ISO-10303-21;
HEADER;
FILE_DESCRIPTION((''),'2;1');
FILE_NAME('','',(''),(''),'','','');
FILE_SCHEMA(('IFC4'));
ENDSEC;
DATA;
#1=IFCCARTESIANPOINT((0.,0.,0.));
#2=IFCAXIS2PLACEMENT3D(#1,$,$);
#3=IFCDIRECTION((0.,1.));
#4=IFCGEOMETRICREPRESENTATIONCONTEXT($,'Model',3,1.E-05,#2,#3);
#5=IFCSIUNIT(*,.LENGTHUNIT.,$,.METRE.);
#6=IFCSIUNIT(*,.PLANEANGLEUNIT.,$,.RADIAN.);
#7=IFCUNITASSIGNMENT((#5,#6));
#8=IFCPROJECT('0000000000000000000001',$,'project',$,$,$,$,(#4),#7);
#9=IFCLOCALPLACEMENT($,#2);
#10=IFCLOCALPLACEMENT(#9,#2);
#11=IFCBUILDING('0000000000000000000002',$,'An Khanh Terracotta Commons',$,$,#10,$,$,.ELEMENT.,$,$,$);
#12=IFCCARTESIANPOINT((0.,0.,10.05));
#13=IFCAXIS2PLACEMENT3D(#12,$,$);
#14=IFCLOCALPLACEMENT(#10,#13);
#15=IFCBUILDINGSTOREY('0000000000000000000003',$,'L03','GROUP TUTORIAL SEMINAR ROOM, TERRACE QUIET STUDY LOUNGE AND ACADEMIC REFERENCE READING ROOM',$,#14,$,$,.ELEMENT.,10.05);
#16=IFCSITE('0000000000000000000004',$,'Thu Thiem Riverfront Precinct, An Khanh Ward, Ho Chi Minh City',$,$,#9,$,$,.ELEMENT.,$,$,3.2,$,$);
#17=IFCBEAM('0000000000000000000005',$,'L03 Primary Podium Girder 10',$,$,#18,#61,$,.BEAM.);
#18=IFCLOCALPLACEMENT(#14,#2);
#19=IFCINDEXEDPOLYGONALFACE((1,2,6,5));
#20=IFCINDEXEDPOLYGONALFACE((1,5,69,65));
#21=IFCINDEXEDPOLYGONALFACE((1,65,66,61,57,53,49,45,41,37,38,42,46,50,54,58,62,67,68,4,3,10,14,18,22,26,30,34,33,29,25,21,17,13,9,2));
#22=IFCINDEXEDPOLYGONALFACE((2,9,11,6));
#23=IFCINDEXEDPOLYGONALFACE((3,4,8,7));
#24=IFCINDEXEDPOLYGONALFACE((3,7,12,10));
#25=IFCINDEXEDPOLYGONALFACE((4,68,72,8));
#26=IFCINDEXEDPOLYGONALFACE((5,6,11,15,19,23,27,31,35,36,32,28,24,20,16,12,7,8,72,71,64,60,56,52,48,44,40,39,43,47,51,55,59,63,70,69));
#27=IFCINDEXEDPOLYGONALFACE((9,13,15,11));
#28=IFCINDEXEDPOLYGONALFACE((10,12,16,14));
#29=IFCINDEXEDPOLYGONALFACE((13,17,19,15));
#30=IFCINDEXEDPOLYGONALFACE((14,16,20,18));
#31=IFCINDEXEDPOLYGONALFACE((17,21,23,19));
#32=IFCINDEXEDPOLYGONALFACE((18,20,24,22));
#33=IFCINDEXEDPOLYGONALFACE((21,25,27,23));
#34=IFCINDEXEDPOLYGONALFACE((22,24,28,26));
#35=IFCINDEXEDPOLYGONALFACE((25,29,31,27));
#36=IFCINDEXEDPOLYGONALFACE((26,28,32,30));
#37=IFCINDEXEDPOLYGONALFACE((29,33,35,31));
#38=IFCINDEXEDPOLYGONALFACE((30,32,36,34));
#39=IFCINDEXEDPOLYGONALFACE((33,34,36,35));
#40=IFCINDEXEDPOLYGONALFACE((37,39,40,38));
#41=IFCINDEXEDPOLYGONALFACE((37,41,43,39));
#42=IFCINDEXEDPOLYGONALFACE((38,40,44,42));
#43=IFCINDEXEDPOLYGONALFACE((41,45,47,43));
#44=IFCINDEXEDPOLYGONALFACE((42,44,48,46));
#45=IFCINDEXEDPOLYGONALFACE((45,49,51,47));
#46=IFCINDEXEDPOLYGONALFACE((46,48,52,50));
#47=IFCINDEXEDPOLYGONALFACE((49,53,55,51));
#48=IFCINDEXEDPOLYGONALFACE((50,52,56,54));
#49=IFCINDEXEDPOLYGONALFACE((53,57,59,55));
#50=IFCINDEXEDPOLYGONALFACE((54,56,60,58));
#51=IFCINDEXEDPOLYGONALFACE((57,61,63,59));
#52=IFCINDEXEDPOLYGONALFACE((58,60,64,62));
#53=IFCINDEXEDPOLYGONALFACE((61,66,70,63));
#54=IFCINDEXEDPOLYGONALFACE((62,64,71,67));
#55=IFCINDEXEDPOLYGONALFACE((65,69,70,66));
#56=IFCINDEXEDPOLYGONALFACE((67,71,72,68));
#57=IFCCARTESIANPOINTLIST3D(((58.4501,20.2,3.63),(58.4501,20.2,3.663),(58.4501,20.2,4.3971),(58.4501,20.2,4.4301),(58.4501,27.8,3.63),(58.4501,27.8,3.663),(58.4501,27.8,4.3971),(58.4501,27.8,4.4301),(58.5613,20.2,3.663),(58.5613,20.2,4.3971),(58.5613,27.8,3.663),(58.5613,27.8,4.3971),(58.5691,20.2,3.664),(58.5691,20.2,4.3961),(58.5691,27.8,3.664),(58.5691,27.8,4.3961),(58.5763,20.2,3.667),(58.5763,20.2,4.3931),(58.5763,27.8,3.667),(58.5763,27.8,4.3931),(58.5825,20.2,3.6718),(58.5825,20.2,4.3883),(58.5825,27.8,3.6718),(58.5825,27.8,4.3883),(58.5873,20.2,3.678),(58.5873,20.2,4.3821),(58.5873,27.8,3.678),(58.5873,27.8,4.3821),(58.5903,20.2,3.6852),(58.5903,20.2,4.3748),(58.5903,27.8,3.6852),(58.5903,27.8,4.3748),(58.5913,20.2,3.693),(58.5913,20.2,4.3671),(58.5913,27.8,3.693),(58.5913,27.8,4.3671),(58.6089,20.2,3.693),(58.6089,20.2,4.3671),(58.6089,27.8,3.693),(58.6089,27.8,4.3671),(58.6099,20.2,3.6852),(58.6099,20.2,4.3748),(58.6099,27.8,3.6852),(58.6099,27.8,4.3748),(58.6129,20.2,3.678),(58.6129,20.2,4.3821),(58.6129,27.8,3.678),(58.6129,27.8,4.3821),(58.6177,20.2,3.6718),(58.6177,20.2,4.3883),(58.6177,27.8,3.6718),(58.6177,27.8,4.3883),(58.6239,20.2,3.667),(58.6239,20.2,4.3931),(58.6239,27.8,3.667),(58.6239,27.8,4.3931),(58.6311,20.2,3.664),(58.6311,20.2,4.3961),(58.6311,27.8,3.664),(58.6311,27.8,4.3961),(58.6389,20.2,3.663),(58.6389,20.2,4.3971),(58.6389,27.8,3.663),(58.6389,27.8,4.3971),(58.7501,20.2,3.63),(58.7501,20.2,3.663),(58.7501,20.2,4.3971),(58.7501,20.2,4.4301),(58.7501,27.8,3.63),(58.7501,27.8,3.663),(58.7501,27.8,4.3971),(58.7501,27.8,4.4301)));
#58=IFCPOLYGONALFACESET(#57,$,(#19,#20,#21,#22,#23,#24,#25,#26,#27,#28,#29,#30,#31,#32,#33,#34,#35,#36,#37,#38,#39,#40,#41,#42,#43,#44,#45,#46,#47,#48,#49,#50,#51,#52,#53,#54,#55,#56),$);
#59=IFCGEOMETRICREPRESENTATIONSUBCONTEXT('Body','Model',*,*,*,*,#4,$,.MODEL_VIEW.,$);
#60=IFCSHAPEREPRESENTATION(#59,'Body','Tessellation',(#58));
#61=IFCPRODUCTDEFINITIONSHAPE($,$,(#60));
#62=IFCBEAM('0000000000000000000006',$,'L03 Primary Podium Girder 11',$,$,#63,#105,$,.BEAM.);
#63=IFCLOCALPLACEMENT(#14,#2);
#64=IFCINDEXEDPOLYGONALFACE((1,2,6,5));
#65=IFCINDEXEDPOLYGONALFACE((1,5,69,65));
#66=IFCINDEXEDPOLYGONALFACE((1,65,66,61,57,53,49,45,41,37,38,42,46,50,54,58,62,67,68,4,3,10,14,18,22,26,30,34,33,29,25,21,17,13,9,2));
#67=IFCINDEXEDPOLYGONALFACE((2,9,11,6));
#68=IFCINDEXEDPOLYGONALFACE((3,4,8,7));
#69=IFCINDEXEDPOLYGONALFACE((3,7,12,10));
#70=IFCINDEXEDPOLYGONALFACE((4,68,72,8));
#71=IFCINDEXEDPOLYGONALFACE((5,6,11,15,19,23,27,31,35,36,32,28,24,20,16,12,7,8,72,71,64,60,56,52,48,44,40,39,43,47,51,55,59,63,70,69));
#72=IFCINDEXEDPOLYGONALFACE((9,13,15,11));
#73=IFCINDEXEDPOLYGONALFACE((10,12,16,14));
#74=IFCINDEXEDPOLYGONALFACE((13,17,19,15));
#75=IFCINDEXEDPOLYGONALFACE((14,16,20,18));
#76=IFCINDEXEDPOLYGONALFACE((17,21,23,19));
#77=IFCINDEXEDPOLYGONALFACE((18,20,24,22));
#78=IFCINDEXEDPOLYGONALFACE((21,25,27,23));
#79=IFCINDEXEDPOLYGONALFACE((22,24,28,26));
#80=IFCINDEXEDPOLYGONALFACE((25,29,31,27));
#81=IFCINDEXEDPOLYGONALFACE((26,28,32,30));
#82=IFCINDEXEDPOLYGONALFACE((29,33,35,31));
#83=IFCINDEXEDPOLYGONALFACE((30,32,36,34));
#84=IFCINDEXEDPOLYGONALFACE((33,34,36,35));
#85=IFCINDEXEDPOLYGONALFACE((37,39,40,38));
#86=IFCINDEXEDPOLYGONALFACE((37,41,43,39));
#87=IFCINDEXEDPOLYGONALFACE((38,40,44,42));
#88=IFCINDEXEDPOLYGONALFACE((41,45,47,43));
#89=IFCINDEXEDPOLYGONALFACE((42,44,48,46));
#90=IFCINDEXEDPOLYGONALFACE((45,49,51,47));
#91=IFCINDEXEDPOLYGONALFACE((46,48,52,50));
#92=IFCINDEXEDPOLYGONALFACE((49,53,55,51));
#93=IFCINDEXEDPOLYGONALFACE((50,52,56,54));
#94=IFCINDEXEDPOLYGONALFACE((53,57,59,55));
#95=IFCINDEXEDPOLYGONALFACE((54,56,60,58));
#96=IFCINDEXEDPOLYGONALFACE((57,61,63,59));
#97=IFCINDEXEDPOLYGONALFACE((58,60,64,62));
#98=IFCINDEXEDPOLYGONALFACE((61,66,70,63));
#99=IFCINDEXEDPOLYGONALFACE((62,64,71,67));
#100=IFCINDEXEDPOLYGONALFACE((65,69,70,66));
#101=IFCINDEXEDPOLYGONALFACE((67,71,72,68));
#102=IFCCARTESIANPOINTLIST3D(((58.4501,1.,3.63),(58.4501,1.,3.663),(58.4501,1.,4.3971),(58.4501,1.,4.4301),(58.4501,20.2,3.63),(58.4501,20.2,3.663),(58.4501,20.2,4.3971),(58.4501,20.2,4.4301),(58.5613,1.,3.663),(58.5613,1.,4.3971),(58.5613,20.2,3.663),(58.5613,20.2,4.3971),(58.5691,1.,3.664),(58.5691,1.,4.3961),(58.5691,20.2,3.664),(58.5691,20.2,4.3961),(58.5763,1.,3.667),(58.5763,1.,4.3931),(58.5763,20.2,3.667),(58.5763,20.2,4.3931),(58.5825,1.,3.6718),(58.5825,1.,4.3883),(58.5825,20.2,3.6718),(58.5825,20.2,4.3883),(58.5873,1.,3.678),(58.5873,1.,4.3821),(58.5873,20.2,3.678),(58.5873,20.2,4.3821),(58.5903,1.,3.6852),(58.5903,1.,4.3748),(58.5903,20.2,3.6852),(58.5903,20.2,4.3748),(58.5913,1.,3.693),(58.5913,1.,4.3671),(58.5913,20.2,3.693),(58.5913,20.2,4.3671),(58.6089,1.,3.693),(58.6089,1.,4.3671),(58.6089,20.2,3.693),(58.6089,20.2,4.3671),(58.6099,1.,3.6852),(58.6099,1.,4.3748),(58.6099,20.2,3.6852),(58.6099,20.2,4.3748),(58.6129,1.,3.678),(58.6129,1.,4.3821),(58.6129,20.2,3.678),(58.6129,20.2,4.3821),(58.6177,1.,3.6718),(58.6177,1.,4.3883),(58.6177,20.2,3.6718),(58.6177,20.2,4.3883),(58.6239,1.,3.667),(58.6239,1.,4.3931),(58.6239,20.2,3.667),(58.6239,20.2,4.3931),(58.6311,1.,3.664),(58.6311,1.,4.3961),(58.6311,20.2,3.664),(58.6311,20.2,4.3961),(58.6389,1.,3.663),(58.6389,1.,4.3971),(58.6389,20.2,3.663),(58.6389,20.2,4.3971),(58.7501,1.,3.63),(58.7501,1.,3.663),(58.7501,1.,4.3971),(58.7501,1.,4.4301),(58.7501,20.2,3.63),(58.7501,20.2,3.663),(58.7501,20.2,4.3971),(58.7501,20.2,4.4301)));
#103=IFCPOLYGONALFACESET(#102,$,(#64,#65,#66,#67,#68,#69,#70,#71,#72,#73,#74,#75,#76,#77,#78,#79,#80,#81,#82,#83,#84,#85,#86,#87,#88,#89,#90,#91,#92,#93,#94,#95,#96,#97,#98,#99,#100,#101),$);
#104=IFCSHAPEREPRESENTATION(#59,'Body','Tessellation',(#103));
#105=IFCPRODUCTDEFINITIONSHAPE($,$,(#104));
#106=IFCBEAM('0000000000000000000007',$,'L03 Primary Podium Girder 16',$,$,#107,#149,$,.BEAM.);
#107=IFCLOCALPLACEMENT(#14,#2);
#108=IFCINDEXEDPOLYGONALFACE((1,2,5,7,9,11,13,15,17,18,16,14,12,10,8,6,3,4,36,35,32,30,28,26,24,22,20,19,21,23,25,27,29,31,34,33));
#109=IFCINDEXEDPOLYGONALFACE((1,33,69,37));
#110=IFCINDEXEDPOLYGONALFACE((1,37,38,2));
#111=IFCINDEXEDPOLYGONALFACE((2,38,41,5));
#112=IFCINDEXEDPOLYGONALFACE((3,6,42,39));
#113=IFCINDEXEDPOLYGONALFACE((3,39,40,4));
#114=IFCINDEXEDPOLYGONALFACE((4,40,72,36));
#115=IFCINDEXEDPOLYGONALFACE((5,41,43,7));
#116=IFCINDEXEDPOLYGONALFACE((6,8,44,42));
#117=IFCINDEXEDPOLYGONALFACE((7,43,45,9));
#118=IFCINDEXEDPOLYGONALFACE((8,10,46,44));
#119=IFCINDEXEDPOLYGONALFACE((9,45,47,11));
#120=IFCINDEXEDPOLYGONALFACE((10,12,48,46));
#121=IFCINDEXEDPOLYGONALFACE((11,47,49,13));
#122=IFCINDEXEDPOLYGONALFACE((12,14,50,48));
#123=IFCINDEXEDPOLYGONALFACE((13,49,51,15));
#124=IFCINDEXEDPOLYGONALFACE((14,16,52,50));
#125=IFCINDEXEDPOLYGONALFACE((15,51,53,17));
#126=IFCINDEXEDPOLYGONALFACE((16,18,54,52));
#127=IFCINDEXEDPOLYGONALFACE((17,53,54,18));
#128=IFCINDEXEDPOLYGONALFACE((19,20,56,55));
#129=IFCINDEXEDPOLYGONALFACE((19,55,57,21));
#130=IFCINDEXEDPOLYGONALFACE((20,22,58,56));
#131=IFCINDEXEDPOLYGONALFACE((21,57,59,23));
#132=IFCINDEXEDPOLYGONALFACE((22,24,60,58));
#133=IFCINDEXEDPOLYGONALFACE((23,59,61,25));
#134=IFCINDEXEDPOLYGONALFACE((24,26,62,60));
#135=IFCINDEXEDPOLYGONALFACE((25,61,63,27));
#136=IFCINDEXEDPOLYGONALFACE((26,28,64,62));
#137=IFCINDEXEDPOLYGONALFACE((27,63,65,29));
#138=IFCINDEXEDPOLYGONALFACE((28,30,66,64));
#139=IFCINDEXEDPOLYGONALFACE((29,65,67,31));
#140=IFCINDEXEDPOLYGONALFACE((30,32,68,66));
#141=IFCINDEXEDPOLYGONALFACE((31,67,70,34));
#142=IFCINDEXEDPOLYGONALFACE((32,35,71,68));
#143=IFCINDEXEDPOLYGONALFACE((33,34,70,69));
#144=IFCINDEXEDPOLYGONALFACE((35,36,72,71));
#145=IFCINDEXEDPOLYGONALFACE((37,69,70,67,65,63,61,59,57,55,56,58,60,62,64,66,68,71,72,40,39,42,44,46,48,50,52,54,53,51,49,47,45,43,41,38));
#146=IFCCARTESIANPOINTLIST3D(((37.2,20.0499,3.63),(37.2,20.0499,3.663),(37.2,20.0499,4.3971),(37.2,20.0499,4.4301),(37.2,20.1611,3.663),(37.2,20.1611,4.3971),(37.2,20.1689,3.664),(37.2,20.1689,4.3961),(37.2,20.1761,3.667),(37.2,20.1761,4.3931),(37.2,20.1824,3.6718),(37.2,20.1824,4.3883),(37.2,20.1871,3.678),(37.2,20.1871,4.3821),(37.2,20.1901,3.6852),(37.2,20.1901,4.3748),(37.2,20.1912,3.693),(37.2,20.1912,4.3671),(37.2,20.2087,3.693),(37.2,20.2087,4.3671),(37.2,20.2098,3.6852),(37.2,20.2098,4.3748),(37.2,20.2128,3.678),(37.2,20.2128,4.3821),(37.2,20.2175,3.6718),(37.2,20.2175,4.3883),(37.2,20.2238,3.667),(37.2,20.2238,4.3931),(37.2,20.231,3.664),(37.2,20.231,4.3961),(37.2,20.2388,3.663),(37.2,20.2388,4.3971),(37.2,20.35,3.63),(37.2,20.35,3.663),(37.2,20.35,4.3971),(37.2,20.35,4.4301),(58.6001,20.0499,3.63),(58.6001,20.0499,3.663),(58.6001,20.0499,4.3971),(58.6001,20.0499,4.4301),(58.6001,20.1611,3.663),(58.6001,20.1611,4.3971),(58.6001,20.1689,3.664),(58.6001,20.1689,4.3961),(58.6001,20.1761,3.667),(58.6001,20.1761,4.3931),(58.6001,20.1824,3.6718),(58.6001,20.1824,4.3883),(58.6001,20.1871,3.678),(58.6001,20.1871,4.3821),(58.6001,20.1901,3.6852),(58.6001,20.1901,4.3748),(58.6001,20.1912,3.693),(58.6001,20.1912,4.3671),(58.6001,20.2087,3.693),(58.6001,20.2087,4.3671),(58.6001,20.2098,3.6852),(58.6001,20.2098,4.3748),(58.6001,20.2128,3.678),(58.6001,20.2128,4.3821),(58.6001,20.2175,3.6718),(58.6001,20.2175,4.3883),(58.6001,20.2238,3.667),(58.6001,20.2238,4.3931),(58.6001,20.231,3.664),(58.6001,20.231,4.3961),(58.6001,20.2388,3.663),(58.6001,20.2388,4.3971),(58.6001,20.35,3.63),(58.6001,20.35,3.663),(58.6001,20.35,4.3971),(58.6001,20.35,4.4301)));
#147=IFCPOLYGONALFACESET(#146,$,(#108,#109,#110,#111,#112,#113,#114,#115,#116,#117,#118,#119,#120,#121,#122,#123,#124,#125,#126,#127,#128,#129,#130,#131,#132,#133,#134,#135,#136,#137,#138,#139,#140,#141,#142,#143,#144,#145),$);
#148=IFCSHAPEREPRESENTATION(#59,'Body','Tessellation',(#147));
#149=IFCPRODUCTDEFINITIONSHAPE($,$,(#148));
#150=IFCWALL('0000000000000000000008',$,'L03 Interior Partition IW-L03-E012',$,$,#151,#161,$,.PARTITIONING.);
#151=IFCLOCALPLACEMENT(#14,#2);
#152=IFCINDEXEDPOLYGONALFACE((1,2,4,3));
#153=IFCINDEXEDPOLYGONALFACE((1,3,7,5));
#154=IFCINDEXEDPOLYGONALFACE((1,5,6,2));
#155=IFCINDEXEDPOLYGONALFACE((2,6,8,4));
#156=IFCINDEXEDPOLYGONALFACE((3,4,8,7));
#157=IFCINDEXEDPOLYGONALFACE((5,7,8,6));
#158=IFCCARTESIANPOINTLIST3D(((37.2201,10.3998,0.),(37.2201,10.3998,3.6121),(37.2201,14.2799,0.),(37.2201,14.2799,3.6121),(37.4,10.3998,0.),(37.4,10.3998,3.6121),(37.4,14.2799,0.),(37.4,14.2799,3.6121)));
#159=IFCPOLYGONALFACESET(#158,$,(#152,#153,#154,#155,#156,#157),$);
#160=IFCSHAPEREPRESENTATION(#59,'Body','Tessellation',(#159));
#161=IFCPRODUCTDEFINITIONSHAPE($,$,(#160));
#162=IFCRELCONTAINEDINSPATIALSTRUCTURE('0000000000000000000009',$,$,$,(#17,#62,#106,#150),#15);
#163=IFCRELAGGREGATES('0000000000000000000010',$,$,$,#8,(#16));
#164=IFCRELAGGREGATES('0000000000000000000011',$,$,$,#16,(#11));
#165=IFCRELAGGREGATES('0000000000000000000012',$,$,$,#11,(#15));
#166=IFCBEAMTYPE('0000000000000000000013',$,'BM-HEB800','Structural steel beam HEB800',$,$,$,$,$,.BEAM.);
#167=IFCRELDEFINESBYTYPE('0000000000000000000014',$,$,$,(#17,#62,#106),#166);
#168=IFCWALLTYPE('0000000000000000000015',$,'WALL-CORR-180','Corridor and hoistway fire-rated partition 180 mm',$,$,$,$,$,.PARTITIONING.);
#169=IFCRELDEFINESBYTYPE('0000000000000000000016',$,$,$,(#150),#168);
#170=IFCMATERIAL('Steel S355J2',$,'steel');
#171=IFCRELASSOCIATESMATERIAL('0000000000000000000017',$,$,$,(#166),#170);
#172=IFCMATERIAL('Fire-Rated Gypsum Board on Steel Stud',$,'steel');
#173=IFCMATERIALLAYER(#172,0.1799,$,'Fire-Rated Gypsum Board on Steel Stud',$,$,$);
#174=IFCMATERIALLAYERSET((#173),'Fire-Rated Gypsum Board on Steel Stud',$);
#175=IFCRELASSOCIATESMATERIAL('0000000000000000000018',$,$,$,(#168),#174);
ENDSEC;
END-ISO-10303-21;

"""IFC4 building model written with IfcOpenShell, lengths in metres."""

from ifc_helpers import new_model, si_unit, direction, frame, frame_2d, origin, origin_2d, place, context, subcontext, project, spatial, rectangle, i_section, extrude, material, layer, layer_set, material_profile, profile_set, type_object, element, save


model = new_model("IFC4")

# Units and contexts
model_context = context("Model", 3, precision=1e-05, world=origin(), true_north=direction((0.0, 1.0)))
body_context = subcontext(model_context, "Body", "Model", "MODEL_VIEW")
ifc_project = project(units=[si_unit("LENGTHUNIT", "METRE"), si_unit("PLANEANGLEUNIT", "RADIAN")], contexts=[model_context])

# Site, building, storey
site_placement = place(None, origin())
site = spatial("IfcSite", under=ifc_project, at=site_placement, Name="Thu Thiem Riverfront Precinct, An Khanh Ward, Ho Chi Minh City", CompositionType="ELEMENT", RefElevation=3.2)
building_placement = place(site_placement, origin())
building = spatial("IfcBuilding", under=site, at=building_placement, Name="An Khanh Terracotta Commons", CompositionType="ELEMENT")
storey_placement = place(building_placement, frame((0.0, 0.0, 10.05)))
storey = spatial("IfcBuildingStorey", under=building, at=storey_placement, Name="L03", Description="GROUP TUTORIAL SEMINAR ROOM, TERRACE QUIET STUDY LOUNGE AND ACADEMIC REFERENCE READING ROOM", CompositionType="ELEMENT", Elevation=10.05)

# Beams
ifc_material_1 = material(Name="Steel S355J2", Category="steel")
ifc_material_profile_1 = material_profile(ifc_material_1, i_section(OverallWidth=0.3, OverallDepth=0.8, WebThickness=0.0176, FlangeThickness=0.033, FilletRadius=0.03, at=origin_2d()), Name="HEB800")
ifc_profile_set_1 = profile_set([ifc_material_profile_1], Name="Steel S355J2")
beam_type_1 = type_object("IfcBeamType", Name="BM-HEB800", Description="Structural steel beam HEB800", PredefinedType="BEAM", material=ifc_profile_set_1)
beam_1_placement = place(storey_placement, frame((58.6001, 20.2, 4.03), z_axis=(0.0, 1.0, 0.0), x_axis=(-1.0, 0.0, 0.0)))
element("IfcBeam", 1, at=beam_1_placement, inside=storey, type_object=beam_type_1, Name="L03 Primary Podium Girder 10", PredefinedType="BEAM", context=body_context, shape_type="SweptSolid", body=[
    extrude(i_section(OverallWidth=0.3, OverallDepth=0.8, WebThickness=0.0176, FlangeThickness=0.033, FilletRadius=0.03, at=origin_2d()), origin(), (0.0, 0.0, 1.0), 7.6001),
])
beam_2_placement = place(storey_placement, frame((58.6001, 1.0, 4.03), z_axis=(0.0, 1.0, 0.0), x_axis=(-1.0, 0.0, 0.0)))
element("IfcBeam", 2, at=beam_2_placement, inside=storey, type_object=beam_type_1, Name="L03 Primary Podium Girder 11", PredefinedType="BEAM", context=body_context, shape_type="SweptSolid", body=[
    extrude(i_section(OverallWidth=0.3, OverallDepth=0.8, WebThickness=0.0176, FlangeThickness=0.033, FilletRadius=0.03, at=origin_2d()), origin(), (0.0, 0.0, 1.0), 19.2),
])
beam_3_placement = place(storey_placement, frame((37.2, 20.2, 4.03), z_axis=(1.0, 0.0, 0.0), x_axis=(0.0, 1.0, 0.0)))
element("IfcBeam", 3, at=beam_3_placement, inside=storey, type_object=beam_type_1, Name="L03 Primary Podium Girder 16", PredefinedType="BEAM", context=body_context, shape_type="SweptSolid", body=[
    extrude(i_section(OverallWidth=0.3, OverallDepth=0.8, WebThickness=0.0176, FlangeThickness=0.033, FilletRadius=0.03, at=origin_2d()), origin(), (0.0, 0.0, 1.0), 21.4001),
])

# Wall
ifc_material_2 = material(Name="Fire-Rated Gypsum Board on Steel Stud", Category="steel")
ifc_layer = layer(ifc_material_2, 0.1799, Name="Fire-Rated Gypsum Board on Steel Stud")
ifc_layer_set = layer_set([ifc_layer], Name="Fire-Rated Gypsum Board on Steel Stud")
wall_type = type_object("IfcWallType", Name="WALL-CORR-180", Description="Corridor and hoistway fire-rated partition 180 mm", PredefinedType="PARTITIONING", material=ifc_layer_set)
wall_1_placement = place(storey_placement, frame((37.3101, 10.3999, 0.0), z_axis=(0.0, 0.0, 1.0), x_axis=(0.0, 1.0, 0.0)))
element("IfcWall", 4, at=wall_1_placement, inside=storey, type_object=wall_type, Name="L03 Interior Partition IW-L03-E012", PredefinedType="PARTITIONING", context=body_context, shape_type="SweptSolid", body=[
    extrude(rectangle(XDim=3.8801, YDim=0.1799, at=frame_2d((1.9399, 0.0))), origin(), (0.0, 0.0, 1.0), 3.6121),
])

save(model, "model.ifc")
